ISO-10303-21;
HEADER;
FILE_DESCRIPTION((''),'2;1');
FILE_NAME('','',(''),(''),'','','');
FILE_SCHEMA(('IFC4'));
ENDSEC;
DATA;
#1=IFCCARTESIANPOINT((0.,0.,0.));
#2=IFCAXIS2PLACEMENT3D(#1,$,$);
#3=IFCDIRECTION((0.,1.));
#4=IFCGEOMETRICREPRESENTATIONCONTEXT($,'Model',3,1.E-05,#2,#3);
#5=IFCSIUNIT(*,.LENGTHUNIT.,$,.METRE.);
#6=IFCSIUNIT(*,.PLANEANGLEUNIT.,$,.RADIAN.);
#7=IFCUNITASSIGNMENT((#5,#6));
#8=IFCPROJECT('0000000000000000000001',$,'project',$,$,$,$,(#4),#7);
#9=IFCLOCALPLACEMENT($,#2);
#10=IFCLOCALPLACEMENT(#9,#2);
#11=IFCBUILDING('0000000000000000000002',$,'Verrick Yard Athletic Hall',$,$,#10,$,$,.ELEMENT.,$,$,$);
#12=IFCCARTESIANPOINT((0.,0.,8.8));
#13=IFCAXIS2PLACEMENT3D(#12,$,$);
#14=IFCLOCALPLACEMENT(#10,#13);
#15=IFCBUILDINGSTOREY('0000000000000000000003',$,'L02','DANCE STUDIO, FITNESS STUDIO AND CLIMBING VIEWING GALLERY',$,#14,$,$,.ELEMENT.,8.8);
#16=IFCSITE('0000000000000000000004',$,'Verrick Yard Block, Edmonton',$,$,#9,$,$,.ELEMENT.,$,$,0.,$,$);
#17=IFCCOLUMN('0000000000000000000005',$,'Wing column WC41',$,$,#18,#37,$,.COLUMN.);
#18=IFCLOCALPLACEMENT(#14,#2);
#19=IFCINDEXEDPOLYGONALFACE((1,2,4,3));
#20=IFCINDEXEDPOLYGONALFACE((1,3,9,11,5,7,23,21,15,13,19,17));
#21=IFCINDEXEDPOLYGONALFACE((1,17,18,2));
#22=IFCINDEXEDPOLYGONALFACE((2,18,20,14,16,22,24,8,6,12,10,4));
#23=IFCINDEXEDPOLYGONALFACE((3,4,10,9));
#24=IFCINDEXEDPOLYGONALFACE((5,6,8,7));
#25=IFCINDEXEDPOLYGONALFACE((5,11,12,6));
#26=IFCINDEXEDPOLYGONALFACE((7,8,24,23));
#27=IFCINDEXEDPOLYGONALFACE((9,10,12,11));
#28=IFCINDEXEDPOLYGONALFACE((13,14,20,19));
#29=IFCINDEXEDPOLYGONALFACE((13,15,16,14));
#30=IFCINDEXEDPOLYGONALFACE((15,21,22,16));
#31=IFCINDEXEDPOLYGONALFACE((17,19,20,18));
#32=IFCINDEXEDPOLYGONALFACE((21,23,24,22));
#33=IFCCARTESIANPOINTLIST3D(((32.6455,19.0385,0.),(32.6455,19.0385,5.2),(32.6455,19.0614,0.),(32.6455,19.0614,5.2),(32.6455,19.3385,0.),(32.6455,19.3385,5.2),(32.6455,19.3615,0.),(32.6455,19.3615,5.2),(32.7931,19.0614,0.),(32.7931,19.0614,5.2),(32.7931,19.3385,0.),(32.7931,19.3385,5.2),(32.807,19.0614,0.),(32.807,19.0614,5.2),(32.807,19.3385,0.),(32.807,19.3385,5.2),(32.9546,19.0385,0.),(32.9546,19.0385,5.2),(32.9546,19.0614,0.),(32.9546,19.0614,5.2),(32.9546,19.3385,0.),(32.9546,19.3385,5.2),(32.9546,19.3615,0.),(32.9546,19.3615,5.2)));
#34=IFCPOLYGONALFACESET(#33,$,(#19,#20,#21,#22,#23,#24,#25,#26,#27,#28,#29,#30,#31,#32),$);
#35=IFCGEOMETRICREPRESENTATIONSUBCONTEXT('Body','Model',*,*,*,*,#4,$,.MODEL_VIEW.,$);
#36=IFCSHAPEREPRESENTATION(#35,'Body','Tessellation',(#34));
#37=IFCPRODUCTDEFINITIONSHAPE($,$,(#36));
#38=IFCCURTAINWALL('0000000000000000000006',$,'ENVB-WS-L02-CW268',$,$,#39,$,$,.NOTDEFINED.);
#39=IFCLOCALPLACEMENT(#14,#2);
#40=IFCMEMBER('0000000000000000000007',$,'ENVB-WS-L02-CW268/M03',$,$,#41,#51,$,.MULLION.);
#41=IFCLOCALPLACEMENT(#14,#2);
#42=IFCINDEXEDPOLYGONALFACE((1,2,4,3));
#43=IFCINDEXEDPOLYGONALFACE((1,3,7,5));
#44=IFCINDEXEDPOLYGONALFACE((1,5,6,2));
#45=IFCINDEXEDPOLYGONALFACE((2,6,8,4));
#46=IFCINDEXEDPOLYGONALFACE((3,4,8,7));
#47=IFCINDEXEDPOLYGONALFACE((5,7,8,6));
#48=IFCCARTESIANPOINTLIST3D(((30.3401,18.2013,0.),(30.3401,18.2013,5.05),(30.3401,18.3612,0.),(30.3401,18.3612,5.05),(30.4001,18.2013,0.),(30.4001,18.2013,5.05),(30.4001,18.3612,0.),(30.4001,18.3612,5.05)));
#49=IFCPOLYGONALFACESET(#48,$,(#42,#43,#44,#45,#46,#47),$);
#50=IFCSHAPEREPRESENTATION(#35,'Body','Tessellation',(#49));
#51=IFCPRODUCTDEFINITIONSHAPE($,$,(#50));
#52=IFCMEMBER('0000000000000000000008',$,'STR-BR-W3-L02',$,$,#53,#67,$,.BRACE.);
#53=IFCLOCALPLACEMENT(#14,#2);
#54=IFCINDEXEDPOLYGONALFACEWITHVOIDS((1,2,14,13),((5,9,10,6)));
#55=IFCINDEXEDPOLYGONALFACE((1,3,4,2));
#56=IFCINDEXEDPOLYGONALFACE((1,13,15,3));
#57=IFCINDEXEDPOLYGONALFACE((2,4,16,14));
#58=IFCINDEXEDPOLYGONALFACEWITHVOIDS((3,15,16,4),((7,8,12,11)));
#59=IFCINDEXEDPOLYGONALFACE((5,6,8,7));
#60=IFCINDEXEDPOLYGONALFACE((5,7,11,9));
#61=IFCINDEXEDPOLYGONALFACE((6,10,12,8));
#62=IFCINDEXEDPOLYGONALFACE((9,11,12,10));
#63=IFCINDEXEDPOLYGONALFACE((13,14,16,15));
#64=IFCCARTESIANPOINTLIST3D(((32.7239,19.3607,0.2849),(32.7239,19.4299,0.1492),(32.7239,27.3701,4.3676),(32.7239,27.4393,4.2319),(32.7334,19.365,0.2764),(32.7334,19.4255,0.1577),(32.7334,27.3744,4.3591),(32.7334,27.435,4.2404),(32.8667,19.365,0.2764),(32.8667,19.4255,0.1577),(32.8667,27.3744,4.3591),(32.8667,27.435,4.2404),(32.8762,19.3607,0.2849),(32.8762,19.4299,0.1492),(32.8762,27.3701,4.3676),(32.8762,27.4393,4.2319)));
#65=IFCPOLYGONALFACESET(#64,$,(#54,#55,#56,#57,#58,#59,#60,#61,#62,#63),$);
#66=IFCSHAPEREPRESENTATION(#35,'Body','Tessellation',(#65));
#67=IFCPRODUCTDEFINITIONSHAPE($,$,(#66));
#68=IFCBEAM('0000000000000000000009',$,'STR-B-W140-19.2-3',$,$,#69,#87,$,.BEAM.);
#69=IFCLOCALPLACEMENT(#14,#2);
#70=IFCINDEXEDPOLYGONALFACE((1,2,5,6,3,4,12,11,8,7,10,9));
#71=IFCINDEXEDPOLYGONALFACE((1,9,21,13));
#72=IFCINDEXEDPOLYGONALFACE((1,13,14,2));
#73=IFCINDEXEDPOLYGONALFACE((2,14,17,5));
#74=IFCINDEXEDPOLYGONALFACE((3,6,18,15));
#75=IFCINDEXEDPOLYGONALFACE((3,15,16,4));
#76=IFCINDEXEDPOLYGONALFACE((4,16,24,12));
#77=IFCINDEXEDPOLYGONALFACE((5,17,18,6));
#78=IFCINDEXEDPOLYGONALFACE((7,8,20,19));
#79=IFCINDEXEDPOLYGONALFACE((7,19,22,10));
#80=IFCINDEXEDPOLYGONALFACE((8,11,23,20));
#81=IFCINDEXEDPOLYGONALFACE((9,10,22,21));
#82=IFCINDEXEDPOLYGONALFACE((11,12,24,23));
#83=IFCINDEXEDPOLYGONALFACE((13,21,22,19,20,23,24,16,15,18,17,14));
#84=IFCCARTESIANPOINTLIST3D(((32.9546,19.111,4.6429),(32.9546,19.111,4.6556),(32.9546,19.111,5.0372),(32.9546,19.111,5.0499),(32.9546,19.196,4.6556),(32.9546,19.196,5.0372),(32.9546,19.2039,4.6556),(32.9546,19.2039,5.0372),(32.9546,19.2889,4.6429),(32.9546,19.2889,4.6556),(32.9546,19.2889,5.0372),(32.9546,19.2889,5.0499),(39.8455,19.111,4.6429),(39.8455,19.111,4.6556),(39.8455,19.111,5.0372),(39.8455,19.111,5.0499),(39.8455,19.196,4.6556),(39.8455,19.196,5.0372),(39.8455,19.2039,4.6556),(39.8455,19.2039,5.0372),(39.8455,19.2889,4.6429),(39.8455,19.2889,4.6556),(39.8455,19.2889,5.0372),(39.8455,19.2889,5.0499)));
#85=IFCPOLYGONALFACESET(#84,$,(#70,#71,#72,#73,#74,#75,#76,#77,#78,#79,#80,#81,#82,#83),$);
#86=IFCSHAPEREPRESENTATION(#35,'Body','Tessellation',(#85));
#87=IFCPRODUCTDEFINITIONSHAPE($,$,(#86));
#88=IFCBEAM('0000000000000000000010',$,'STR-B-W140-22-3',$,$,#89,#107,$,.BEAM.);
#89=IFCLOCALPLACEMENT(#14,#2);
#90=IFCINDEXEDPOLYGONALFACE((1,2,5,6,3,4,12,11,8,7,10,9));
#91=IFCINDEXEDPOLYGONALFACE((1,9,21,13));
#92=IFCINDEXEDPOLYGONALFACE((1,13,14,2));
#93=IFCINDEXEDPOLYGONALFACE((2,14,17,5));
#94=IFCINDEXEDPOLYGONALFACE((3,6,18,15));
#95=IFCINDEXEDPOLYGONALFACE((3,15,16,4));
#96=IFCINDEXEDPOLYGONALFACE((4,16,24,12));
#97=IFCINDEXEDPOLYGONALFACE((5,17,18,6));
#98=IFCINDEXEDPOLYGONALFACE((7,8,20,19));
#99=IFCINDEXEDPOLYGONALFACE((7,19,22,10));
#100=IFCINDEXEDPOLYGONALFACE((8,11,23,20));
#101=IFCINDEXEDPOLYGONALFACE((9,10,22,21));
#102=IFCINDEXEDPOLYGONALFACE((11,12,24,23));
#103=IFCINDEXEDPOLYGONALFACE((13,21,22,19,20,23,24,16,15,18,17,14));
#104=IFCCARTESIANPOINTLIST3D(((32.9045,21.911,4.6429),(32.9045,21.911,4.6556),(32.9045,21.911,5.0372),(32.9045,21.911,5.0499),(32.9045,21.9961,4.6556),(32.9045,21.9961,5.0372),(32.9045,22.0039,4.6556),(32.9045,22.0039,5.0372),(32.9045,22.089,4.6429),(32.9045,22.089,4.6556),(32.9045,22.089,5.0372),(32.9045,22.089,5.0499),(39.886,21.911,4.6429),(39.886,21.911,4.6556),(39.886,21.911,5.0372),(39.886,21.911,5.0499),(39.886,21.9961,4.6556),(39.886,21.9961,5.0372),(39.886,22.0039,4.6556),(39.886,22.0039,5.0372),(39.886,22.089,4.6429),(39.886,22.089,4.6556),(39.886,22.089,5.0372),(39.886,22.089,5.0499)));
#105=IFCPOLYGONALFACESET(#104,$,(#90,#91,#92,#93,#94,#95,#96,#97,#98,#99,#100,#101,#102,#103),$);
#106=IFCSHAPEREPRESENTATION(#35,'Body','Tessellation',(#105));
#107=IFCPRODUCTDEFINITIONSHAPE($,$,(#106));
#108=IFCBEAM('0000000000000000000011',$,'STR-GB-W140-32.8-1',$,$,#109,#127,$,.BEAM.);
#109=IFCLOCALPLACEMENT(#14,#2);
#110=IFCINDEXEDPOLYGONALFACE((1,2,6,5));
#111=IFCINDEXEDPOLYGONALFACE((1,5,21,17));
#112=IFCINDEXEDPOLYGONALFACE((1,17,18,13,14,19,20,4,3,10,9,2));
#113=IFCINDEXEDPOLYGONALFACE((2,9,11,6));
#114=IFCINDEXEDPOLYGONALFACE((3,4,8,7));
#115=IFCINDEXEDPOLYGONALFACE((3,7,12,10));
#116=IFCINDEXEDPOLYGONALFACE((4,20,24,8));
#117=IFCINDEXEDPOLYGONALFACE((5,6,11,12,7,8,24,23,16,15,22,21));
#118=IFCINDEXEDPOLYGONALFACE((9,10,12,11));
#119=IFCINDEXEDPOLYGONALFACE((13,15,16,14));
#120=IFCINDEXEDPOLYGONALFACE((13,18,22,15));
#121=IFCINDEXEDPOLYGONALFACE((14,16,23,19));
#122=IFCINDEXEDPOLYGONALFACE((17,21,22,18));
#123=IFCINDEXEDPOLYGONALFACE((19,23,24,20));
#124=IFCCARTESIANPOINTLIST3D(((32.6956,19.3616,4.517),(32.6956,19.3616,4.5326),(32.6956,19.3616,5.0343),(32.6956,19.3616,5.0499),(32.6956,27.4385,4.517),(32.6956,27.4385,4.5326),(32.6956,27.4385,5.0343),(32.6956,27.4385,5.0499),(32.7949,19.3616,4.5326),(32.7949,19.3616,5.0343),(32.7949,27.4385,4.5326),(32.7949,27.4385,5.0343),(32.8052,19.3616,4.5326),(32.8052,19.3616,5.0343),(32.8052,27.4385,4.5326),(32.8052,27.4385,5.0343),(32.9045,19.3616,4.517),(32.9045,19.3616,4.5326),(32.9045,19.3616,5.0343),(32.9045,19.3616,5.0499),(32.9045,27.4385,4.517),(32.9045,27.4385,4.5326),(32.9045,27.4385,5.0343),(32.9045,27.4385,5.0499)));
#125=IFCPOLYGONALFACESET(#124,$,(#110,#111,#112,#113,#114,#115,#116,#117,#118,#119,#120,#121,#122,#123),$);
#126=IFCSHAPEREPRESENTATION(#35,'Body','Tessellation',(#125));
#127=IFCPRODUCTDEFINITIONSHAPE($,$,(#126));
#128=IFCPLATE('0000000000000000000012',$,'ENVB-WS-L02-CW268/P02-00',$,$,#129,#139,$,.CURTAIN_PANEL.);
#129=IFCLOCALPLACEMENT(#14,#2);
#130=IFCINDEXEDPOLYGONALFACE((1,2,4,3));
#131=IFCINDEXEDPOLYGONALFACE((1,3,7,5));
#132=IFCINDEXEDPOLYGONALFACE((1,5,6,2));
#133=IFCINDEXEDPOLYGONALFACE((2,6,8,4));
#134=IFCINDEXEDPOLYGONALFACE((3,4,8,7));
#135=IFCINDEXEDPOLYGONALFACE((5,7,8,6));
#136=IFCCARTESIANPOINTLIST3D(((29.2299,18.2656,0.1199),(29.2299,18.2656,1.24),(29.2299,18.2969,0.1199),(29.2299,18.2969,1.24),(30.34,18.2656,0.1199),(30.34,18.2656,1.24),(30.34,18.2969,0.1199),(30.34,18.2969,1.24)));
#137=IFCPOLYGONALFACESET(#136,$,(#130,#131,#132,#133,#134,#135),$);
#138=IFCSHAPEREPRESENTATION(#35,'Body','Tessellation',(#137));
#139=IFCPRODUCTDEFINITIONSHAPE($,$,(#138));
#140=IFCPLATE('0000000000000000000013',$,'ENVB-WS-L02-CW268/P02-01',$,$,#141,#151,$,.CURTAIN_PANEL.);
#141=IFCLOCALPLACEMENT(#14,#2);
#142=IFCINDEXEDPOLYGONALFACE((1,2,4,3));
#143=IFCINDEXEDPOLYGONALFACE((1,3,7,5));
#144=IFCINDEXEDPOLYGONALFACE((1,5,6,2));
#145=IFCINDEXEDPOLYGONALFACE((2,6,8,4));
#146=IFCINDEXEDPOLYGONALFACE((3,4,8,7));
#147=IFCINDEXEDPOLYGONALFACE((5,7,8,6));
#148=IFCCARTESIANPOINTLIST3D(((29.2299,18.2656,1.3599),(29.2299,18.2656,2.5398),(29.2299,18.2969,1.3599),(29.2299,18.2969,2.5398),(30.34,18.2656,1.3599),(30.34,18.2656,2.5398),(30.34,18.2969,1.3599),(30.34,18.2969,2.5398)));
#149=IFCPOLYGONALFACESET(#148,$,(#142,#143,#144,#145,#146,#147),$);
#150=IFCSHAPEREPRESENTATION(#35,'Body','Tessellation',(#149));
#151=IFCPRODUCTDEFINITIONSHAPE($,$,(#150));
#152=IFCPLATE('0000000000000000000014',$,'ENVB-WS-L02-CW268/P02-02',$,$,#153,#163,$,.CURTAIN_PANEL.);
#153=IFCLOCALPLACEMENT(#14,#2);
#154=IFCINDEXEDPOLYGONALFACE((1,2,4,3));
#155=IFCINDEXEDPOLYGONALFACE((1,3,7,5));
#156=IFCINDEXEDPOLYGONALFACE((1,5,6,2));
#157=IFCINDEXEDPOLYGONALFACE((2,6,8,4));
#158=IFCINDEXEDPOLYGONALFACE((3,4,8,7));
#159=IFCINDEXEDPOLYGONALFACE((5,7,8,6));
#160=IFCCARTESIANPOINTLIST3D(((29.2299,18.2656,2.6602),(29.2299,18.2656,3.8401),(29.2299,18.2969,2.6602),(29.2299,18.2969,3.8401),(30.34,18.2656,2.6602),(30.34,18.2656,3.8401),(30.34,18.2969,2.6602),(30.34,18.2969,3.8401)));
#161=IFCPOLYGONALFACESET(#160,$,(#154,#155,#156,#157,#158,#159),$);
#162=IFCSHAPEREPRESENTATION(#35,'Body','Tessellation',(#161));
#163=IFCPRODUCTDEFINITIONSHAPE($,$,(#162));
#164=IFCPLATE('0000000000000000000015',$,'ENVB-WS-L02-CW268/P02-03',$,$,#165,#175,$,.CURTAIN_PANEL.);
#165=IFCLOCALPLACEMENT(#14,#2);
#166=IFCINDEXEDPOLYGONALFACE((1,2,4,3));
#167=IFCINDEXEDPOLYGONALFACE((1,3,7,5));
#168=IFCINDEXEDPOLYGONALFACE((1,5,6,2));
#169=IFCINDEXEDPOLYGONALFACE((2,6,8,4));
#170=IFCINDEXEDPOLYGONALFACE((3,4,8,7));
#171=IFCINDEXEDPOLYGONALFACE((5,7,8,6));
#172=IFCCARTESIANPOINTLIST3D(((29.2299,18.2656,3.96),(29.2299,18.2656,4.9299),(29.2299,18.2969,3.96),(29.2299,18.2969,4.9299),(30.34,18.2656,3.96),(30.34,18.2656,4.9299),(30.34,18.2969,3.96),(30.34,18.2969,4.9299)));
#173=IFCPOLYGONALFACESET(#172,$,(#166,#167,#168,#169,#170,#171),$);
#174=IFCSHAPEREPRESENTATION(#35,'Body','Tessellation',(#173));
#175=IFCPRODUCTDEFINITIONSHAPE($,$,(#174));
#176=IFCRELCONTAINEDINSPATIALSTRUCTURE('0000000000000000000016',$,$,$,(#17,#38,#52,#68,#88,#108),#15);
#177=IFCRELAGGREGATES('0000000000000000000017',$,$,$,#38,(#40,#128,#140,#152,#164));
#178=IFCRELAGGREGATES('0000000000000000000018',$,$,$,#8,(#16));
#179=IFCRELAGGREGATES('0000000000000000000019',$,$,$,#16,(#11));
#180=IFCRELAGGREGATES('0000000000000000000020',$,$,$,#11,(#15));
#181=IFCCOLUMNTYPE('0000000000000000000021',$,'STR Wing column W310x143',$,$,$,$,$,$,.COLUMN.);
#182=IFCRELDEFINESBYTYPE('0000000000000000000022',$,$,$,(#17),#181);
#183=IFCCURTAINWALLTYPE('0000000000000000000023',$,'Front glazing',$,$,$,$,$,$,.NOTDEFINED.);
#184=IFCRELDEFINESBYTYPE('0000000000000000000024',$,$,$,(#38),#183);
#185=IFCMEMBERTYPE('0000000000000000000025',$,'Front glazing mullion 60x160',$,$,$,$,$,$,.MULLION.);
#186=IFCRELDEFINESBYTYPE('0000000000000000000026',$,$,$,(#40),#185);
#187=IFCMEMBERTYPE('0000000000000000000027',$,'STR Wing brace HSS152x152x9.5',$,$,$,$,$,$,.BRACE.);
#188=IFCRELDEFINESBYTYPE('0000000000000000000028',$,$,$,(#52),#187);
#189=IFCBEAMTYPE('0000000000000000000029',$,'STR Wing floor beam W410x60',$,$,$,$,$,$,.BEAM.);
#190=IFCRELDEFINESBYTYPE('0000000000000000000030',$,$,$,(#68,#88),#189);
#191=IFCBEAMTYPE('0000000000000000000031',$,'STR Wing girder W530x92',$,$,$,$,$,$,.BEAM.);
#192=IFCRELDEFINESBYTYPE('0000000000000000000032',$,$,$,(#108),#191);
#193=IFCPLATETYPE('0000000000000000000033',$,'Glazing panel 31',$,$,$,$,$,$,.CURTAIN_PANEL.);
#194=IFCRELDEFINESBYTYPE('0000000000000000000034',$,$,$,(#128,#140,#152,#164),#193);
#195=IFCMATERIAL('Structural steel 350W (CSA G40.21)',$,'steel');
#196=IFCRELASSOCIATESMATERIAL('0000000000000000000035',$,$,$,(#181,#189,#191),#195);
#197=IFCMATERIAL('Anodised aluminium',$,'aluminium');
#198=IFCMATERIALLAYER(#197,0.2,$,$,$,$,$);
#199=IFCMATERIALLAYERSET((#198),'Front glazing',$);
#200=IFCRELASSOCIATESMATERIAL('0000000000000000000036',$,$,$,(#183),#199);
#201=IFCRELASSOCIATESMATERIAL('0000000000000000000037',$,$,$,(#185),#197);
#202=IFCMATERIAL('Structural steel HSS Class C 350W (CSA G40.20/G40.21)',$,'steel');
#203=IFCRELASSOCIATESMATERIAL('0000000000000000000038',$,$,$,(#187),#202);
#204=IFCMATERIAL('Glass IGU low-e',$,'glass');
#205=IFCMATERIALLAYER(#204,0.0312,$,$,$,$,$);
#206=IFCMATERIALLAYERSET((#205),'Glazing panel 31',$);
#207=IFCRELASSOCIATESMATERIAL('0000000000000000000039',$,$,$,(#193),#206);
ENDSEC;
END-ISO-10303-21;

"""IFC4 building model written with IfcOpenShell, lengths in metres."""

from ifc_helpers import new_model, si_unit, direction, frame, origin, origin_2d, place, context, subcontext, project, spatial, rectangle, hollow_rectangle, i_section, extrude, material, layer, layer_set, material_profile, profile_set, type_object, element, aggregate, save


model = new_model("IFC4")

# Units and contexts
model_context = context("Model", 3, precision=1e-05, world=origin(), true_north=direction((0.0, 1.0)))
body_context = subcontext(model_context, "Body", "Model", "MODEL_VIEW")
ifc_project = project(units=[si_unit("LENGTHUNIT", "METRE"), si_unit("PLANEANGLEUNIT", "RADIAN")], contexts=[model_context])

# Site, building, storey
site_placement = place(None, origin())
site = spatial("IfcSite", under=ifc_project, at=site_placement, Name="Verrick Yard Block, Edmonton", CompositionType="ELEMENT", RefElevation=0.0)
building_placement = place(site_placement, origin())
building = spatial("IfcBuilding", under=site, at=building_placement, Name="Verrick Yard Athletic Hall", CompositionType="ELEMENT")
storey_placement = place(building_placement, frame((0.0, 0.0, 8.8)))
storey = spatial("IfcBuildingStorey", under=building, at=storey_placement, Name="L02", Description="DANCE STUDIO, FITNESS STUDIO AND CLIMBING VIEWING GALLERY", CompositionType="ELEMENT", Elevation=8.8)

# Column
ifc_material_1 = material(Name="Structural steel 350W (CSA G40.21)", Category="steel")
ifc_material_profile_1 = material_profile(ifc_material_1, i_section(OverallWidth=0.3091, OverallDepth=0.323, WebThickness=0.0139, FlangeThickness=0.0229, at=origin_2d()), Name="W310x143")
ifc_profile_set_1 = profile_set([ifc_material_profile_1], Name="Structural steel 350W (CSA G40.21)")
column_type = type_object("IfcColumnType", Name="STR Wing column W310x143", PredefinedType="COLUMN", material=ifc_profile_set_1)
column_placement = place(storey_placement, frame((32.8, 19.2, 0.0), z_axis=(0.0, 0.0, 1.0), x_axis=(1.0, 0.0, 0.0)))
element("IfcColumn", 1, at=column_placement, inside=storey, type_object=column_type, Name="Wing column WC41", PredefinedType="COLUMN", context=body_context, shape_type="SweptSolid", body=[
    extrude(i_section(OverallWidth=0.3091, OverallDepth=0.323, WebThickness=0.0139, FlangeThickness=0.0229, at=origin_2d()), origin(), (0.0, 0.0, 1.0), 5.2),
])

# Curtain wall, member
ifc_material_2 = material(Name="Anodised aluminium", Category="aluminium")
ifc_layer_1 = layer(ifc_material_2, 0.2)
ifc_layer_set_1 = layer_set([ifc_layer_1], Name="Front glazing")
curtain_wall_type = type_object("IfcCurtainWallType", Name="Front glazing", PredefinedType="NOTDEFINED", material=ifc_layer_set_1)
curtain_wall_placement = place(storey_placement, origin())
curtain_wall = element("IfcCurtainWall", 2, at=curtain_wall_placement, inside=storey, type_object=curtain_wall_type, Name="ENVB-WS-L02-CW268", PredefinedType="NOTDEFINED")
ifc_material_profile_2 = material_profile(ifc_material_2, rectangle(XDim=0.1599, YDim=0.0601, at=origin_2d()), Name="CW mullion 60x160")
ifc_profile_set_2 = profile_set([ifc_material_profile_2], Name="Anodised aluminium")
member_type_1 = type_object("IfcMemberType", Name="Front glazing mullion 60x160", PredefinedType="MULLION", material=ifc_profile_set_2)
member_1_placement = place(storey_placement, frame((30.3701, 18.2812, 0.0), z_axis=(0.0, 0.0, 1.0), x_axis=(0.0, 1.0, 0.0)))
member_1 = element("IfcMember", 3, at=member_1_placement, type_object=member_type_1, Name="ENVB-WS-L02-CW268/M03", PredefinedType="MULLION", context=body_context, shape_type="SweptSolid", body=[
    extrude(rectangle(XDim=0.1599, YDim=0.0601, at=origin_2d()), origin(), (0.0, 0.0, 1.0), 5.05),
])

# Member
ifc_material_3 = material(Name="Structural steel HSS Class C 350W (CSA G40.20/G40.21)", Category="steel")
ifc_material_profile_3 = material_profile(ifc_material_3, hollow_rectangle(XDim=0.1523, YDim=0.1523, WallThickness=0.0095, at=origin_2d()), Name="HSS152x152x9.5")
ifc_profile_set_3 = profile_set([ifc_material_profile_3], Name="Structural steel HSS Class C 350W (CSA G40.20/G40.21)")
member_type_2 = type_object("IfcMemberType", Name="STR Wing brace HSS152x152x9.5", PredefinedType="BRACE", material=ifc_profile_set_3)
member_2_placement = place(storey_placement, frame((32.8, 19.3953, 0.217), z_axis=(0.0, 0.89093, 0.454141), x_axis=(-1.0, 0.0, 0.0)))
element("IfcMember", 4, at=member_2_placement, inside=storey, type_object=member_type_2, Name="STR-BR-W3-L02", PredefinedType="BRACE", context=body_context, shape_type="SweptSolid", body=[
    extrude(hollow_rectangle(XDim=0.1523, YDim=0.1523, WallThickness=0.0095, at=origin_2d()), origin(), (0.0, 0.0, 1.0), 8.99),
])

# Beams
ifc_material_profile_4 = material_profile(ifc_material_1, i_section(OverallWidth=0.178, OverallDepth=0.407, WebThickness=0.0078, FlangeThickness=0.0127, at=origin_2d()), Name="W410x60")
ifc_profile_set_4 = profile_set([ifc_material_profile_4], Name="Structural steel 350W (CSA G40.21)")
beam_type_1 = type_object("IfcBeamType", Name="STR Wing floor beam W410x60", PredefinedType="BEAM", material=ifc_profile_set_4)
beam_1_placement = place(storey_placement, frame((32.9546, 19.2, 4.8464), z_axis=(1.0, 0.0, 0.0), x_axis=(0.0, 1.0, 0.0)))
element("IfcBeam", 5, at=beam_1_placement, inside=storey, type_object=beam_type_1, Name="STR-B-W140-19.2-3", PredefinedType="BEAM", context=body_context, shape_type="SweptSolid", body=[
    extrude(i_section(OverallWidth=0.178, OverallDepth=0.407, WebThickness=0.0078, FlangeThickness=0.0127, at=origin_2d()), origin(), (0.0, 0.0, 1.0), 6.8909),
])
beam_2_placement = place(storey_placement, frame((32.9045, 22.0, 4.8464), z_axis=(1.0, 0.0, 0.0), x_axis=(0.0, 1.0, 0.0)))
element("IfcBeam", 6, at=beam_2_placement, inside=storey, type_object=beam_type_1, Name="STR-B-W140-22-3", PredefinedType="BEAM", context=body_context, shape_type="SweptSolid", body=[
    extrude(i_section(OverallWidth=0.178, OverallDepth=0.407, WebThickness=0.0078, FlangeThickness=0.0127, at=origin_2d()), origin(), (0.0, 0.0, 1.0), 6.9814),
])
ifc_material_profile_5 = material_profile(ifc_material_1, i_section(OverallWidth=0.209, OverallDepth=0.533, WebThickness=0.0103, FlangeThickness=0.0156, at=origin_2d()), Name="W530x92")
ifc_profile_set_5 = profile_set([ifc_material_profile_5], Name="Structural steel 350W (CSA G40.21)")
beam_type_2 = type_object("IfcBeamType", Name="STR Wing girder W530x92", PredefinedType="BEAM", material=ifc_profile_set_5)
beam_3_placement = place(storey_placement, frame((32.8, 19.3616, 4.7834), z_axis=(0.0, 1.0, 0.0), x_axis=(-1.0, 0.0, 0.0)))
element("IfcBeam", 7, at=beam_3_placement, inside=storey, type_object=beam_type_2, Name="STR-GB-W140-32.8-1", PredefinedType="BEAM", context=body_context, shape_type="SweptSolid", body=[
    extrude(i_section(OverallWidth=0.209, OverallDepth=0.533, WebThickness=0.0103, FlangeThickness=0.0156, at=origin_2d()), origin(), (0.0, 0.0, 1.0), 8.0769),
])

# Plates
ifc_material_4 = material(Name="Glass IGU low-e", Category="glass")
ifc_layer_2 = layer(ifc_material_4, 0.0312)
ifc_layer_set_2 = layer_set([ifc_layer_2], Name="Glazing panel 31")
plate_type = type_object("IfcPlateType", Name="Glazing panel 31", PredefinedType="CURTAIN_PANEL", material=ifc_layer_set_2)
plate_1_placement = place(storey_placement, frame((29.7849, 18.2812, 0.1199), z_axis=(0.0, 0.0, 1.0), x_axis=(1.0, 0.0, 0.0)))
plate_1 = element("IfcPlate", 8, at=plate_1_placement, type_object=plate_type, Name="ENVB-WS-L02-CW268/P02-00", PredefinedType="CURTAIN_PANEL", context=body_context, shape_type="SweptSolid", body=[
    extrude(rectangle(XDim=1.1101, YDim=0.0312, at=origin_2d()), origin(), (0.0, 0.0, 1.0), 1.1201),
])
plate_2_placement = place(storey_placement, frame((29.7849, 18.2812, 1.3599), z_axis=(0.0, 0.0, 1.0), x_axis=(1.0, 0.0, 0.0)))
plate_2 = element("IfcPlate", 9, at=plate_2_placement, type_object=plate_type, Name="ENVB-WS-L02-CW268/P02-01", PredefinedType="CURTAIN_PANEL", context=body_context, shape_type="SweptSolid", body=[
    extrude(rectangle(XDim=1.1101, YDim=0.0312, at=origin_2d()), origin(), (0.0, 0.0, 1.0), 1.1799),
])
plate_3_placement = place(storey_placement, frame((29.7849, 18.2812, 2.6602), z_axis=(0.0, 0.0, 1.0), x_axis=(1.0, 0.0, 0.0)))
plate_3 = element("IfcPlate", 10, at=plate_3_placement, type_object=plate_type, Name="ENVB-WS-L02-CW268/P02-02", PredefinedType="CURTAIN_PANEL", context=body_context, shape_type="SweptSolid", body=[
    extrude(rectangle(XDim=1.1101, YDim=0.0312, at=origin_2d()), origin(), (0.0, 0.0, 1.0), 1.1799),
])
plate_4_placement = place(storey_placement, frame((29.7849, 18.2812, 3.96), z_axis=(0.0, 0.0, 1.0), x_axis=(1.0, 0.0, 0.0)))
plate_4 = element("IfcPlate", 11, at=plate_4_placement, type_object=plate_type, Name="ENVB-WS-L02-CW268/P02-03", PredefinedType="CURTAIN_PANEL", context=body_context, shape_type="SweptSolid", body=[
    extrude(rectangle(XDim=1.1101, YDim=0.0312, at=origin_2d()), origin(), (0.0, 0.0, 1.0), 0.97),
])
aggregate(curtain_wall, [member_1, plate_1, plate_2, plate_3, plate_4])

save(model, "model.ifc")
